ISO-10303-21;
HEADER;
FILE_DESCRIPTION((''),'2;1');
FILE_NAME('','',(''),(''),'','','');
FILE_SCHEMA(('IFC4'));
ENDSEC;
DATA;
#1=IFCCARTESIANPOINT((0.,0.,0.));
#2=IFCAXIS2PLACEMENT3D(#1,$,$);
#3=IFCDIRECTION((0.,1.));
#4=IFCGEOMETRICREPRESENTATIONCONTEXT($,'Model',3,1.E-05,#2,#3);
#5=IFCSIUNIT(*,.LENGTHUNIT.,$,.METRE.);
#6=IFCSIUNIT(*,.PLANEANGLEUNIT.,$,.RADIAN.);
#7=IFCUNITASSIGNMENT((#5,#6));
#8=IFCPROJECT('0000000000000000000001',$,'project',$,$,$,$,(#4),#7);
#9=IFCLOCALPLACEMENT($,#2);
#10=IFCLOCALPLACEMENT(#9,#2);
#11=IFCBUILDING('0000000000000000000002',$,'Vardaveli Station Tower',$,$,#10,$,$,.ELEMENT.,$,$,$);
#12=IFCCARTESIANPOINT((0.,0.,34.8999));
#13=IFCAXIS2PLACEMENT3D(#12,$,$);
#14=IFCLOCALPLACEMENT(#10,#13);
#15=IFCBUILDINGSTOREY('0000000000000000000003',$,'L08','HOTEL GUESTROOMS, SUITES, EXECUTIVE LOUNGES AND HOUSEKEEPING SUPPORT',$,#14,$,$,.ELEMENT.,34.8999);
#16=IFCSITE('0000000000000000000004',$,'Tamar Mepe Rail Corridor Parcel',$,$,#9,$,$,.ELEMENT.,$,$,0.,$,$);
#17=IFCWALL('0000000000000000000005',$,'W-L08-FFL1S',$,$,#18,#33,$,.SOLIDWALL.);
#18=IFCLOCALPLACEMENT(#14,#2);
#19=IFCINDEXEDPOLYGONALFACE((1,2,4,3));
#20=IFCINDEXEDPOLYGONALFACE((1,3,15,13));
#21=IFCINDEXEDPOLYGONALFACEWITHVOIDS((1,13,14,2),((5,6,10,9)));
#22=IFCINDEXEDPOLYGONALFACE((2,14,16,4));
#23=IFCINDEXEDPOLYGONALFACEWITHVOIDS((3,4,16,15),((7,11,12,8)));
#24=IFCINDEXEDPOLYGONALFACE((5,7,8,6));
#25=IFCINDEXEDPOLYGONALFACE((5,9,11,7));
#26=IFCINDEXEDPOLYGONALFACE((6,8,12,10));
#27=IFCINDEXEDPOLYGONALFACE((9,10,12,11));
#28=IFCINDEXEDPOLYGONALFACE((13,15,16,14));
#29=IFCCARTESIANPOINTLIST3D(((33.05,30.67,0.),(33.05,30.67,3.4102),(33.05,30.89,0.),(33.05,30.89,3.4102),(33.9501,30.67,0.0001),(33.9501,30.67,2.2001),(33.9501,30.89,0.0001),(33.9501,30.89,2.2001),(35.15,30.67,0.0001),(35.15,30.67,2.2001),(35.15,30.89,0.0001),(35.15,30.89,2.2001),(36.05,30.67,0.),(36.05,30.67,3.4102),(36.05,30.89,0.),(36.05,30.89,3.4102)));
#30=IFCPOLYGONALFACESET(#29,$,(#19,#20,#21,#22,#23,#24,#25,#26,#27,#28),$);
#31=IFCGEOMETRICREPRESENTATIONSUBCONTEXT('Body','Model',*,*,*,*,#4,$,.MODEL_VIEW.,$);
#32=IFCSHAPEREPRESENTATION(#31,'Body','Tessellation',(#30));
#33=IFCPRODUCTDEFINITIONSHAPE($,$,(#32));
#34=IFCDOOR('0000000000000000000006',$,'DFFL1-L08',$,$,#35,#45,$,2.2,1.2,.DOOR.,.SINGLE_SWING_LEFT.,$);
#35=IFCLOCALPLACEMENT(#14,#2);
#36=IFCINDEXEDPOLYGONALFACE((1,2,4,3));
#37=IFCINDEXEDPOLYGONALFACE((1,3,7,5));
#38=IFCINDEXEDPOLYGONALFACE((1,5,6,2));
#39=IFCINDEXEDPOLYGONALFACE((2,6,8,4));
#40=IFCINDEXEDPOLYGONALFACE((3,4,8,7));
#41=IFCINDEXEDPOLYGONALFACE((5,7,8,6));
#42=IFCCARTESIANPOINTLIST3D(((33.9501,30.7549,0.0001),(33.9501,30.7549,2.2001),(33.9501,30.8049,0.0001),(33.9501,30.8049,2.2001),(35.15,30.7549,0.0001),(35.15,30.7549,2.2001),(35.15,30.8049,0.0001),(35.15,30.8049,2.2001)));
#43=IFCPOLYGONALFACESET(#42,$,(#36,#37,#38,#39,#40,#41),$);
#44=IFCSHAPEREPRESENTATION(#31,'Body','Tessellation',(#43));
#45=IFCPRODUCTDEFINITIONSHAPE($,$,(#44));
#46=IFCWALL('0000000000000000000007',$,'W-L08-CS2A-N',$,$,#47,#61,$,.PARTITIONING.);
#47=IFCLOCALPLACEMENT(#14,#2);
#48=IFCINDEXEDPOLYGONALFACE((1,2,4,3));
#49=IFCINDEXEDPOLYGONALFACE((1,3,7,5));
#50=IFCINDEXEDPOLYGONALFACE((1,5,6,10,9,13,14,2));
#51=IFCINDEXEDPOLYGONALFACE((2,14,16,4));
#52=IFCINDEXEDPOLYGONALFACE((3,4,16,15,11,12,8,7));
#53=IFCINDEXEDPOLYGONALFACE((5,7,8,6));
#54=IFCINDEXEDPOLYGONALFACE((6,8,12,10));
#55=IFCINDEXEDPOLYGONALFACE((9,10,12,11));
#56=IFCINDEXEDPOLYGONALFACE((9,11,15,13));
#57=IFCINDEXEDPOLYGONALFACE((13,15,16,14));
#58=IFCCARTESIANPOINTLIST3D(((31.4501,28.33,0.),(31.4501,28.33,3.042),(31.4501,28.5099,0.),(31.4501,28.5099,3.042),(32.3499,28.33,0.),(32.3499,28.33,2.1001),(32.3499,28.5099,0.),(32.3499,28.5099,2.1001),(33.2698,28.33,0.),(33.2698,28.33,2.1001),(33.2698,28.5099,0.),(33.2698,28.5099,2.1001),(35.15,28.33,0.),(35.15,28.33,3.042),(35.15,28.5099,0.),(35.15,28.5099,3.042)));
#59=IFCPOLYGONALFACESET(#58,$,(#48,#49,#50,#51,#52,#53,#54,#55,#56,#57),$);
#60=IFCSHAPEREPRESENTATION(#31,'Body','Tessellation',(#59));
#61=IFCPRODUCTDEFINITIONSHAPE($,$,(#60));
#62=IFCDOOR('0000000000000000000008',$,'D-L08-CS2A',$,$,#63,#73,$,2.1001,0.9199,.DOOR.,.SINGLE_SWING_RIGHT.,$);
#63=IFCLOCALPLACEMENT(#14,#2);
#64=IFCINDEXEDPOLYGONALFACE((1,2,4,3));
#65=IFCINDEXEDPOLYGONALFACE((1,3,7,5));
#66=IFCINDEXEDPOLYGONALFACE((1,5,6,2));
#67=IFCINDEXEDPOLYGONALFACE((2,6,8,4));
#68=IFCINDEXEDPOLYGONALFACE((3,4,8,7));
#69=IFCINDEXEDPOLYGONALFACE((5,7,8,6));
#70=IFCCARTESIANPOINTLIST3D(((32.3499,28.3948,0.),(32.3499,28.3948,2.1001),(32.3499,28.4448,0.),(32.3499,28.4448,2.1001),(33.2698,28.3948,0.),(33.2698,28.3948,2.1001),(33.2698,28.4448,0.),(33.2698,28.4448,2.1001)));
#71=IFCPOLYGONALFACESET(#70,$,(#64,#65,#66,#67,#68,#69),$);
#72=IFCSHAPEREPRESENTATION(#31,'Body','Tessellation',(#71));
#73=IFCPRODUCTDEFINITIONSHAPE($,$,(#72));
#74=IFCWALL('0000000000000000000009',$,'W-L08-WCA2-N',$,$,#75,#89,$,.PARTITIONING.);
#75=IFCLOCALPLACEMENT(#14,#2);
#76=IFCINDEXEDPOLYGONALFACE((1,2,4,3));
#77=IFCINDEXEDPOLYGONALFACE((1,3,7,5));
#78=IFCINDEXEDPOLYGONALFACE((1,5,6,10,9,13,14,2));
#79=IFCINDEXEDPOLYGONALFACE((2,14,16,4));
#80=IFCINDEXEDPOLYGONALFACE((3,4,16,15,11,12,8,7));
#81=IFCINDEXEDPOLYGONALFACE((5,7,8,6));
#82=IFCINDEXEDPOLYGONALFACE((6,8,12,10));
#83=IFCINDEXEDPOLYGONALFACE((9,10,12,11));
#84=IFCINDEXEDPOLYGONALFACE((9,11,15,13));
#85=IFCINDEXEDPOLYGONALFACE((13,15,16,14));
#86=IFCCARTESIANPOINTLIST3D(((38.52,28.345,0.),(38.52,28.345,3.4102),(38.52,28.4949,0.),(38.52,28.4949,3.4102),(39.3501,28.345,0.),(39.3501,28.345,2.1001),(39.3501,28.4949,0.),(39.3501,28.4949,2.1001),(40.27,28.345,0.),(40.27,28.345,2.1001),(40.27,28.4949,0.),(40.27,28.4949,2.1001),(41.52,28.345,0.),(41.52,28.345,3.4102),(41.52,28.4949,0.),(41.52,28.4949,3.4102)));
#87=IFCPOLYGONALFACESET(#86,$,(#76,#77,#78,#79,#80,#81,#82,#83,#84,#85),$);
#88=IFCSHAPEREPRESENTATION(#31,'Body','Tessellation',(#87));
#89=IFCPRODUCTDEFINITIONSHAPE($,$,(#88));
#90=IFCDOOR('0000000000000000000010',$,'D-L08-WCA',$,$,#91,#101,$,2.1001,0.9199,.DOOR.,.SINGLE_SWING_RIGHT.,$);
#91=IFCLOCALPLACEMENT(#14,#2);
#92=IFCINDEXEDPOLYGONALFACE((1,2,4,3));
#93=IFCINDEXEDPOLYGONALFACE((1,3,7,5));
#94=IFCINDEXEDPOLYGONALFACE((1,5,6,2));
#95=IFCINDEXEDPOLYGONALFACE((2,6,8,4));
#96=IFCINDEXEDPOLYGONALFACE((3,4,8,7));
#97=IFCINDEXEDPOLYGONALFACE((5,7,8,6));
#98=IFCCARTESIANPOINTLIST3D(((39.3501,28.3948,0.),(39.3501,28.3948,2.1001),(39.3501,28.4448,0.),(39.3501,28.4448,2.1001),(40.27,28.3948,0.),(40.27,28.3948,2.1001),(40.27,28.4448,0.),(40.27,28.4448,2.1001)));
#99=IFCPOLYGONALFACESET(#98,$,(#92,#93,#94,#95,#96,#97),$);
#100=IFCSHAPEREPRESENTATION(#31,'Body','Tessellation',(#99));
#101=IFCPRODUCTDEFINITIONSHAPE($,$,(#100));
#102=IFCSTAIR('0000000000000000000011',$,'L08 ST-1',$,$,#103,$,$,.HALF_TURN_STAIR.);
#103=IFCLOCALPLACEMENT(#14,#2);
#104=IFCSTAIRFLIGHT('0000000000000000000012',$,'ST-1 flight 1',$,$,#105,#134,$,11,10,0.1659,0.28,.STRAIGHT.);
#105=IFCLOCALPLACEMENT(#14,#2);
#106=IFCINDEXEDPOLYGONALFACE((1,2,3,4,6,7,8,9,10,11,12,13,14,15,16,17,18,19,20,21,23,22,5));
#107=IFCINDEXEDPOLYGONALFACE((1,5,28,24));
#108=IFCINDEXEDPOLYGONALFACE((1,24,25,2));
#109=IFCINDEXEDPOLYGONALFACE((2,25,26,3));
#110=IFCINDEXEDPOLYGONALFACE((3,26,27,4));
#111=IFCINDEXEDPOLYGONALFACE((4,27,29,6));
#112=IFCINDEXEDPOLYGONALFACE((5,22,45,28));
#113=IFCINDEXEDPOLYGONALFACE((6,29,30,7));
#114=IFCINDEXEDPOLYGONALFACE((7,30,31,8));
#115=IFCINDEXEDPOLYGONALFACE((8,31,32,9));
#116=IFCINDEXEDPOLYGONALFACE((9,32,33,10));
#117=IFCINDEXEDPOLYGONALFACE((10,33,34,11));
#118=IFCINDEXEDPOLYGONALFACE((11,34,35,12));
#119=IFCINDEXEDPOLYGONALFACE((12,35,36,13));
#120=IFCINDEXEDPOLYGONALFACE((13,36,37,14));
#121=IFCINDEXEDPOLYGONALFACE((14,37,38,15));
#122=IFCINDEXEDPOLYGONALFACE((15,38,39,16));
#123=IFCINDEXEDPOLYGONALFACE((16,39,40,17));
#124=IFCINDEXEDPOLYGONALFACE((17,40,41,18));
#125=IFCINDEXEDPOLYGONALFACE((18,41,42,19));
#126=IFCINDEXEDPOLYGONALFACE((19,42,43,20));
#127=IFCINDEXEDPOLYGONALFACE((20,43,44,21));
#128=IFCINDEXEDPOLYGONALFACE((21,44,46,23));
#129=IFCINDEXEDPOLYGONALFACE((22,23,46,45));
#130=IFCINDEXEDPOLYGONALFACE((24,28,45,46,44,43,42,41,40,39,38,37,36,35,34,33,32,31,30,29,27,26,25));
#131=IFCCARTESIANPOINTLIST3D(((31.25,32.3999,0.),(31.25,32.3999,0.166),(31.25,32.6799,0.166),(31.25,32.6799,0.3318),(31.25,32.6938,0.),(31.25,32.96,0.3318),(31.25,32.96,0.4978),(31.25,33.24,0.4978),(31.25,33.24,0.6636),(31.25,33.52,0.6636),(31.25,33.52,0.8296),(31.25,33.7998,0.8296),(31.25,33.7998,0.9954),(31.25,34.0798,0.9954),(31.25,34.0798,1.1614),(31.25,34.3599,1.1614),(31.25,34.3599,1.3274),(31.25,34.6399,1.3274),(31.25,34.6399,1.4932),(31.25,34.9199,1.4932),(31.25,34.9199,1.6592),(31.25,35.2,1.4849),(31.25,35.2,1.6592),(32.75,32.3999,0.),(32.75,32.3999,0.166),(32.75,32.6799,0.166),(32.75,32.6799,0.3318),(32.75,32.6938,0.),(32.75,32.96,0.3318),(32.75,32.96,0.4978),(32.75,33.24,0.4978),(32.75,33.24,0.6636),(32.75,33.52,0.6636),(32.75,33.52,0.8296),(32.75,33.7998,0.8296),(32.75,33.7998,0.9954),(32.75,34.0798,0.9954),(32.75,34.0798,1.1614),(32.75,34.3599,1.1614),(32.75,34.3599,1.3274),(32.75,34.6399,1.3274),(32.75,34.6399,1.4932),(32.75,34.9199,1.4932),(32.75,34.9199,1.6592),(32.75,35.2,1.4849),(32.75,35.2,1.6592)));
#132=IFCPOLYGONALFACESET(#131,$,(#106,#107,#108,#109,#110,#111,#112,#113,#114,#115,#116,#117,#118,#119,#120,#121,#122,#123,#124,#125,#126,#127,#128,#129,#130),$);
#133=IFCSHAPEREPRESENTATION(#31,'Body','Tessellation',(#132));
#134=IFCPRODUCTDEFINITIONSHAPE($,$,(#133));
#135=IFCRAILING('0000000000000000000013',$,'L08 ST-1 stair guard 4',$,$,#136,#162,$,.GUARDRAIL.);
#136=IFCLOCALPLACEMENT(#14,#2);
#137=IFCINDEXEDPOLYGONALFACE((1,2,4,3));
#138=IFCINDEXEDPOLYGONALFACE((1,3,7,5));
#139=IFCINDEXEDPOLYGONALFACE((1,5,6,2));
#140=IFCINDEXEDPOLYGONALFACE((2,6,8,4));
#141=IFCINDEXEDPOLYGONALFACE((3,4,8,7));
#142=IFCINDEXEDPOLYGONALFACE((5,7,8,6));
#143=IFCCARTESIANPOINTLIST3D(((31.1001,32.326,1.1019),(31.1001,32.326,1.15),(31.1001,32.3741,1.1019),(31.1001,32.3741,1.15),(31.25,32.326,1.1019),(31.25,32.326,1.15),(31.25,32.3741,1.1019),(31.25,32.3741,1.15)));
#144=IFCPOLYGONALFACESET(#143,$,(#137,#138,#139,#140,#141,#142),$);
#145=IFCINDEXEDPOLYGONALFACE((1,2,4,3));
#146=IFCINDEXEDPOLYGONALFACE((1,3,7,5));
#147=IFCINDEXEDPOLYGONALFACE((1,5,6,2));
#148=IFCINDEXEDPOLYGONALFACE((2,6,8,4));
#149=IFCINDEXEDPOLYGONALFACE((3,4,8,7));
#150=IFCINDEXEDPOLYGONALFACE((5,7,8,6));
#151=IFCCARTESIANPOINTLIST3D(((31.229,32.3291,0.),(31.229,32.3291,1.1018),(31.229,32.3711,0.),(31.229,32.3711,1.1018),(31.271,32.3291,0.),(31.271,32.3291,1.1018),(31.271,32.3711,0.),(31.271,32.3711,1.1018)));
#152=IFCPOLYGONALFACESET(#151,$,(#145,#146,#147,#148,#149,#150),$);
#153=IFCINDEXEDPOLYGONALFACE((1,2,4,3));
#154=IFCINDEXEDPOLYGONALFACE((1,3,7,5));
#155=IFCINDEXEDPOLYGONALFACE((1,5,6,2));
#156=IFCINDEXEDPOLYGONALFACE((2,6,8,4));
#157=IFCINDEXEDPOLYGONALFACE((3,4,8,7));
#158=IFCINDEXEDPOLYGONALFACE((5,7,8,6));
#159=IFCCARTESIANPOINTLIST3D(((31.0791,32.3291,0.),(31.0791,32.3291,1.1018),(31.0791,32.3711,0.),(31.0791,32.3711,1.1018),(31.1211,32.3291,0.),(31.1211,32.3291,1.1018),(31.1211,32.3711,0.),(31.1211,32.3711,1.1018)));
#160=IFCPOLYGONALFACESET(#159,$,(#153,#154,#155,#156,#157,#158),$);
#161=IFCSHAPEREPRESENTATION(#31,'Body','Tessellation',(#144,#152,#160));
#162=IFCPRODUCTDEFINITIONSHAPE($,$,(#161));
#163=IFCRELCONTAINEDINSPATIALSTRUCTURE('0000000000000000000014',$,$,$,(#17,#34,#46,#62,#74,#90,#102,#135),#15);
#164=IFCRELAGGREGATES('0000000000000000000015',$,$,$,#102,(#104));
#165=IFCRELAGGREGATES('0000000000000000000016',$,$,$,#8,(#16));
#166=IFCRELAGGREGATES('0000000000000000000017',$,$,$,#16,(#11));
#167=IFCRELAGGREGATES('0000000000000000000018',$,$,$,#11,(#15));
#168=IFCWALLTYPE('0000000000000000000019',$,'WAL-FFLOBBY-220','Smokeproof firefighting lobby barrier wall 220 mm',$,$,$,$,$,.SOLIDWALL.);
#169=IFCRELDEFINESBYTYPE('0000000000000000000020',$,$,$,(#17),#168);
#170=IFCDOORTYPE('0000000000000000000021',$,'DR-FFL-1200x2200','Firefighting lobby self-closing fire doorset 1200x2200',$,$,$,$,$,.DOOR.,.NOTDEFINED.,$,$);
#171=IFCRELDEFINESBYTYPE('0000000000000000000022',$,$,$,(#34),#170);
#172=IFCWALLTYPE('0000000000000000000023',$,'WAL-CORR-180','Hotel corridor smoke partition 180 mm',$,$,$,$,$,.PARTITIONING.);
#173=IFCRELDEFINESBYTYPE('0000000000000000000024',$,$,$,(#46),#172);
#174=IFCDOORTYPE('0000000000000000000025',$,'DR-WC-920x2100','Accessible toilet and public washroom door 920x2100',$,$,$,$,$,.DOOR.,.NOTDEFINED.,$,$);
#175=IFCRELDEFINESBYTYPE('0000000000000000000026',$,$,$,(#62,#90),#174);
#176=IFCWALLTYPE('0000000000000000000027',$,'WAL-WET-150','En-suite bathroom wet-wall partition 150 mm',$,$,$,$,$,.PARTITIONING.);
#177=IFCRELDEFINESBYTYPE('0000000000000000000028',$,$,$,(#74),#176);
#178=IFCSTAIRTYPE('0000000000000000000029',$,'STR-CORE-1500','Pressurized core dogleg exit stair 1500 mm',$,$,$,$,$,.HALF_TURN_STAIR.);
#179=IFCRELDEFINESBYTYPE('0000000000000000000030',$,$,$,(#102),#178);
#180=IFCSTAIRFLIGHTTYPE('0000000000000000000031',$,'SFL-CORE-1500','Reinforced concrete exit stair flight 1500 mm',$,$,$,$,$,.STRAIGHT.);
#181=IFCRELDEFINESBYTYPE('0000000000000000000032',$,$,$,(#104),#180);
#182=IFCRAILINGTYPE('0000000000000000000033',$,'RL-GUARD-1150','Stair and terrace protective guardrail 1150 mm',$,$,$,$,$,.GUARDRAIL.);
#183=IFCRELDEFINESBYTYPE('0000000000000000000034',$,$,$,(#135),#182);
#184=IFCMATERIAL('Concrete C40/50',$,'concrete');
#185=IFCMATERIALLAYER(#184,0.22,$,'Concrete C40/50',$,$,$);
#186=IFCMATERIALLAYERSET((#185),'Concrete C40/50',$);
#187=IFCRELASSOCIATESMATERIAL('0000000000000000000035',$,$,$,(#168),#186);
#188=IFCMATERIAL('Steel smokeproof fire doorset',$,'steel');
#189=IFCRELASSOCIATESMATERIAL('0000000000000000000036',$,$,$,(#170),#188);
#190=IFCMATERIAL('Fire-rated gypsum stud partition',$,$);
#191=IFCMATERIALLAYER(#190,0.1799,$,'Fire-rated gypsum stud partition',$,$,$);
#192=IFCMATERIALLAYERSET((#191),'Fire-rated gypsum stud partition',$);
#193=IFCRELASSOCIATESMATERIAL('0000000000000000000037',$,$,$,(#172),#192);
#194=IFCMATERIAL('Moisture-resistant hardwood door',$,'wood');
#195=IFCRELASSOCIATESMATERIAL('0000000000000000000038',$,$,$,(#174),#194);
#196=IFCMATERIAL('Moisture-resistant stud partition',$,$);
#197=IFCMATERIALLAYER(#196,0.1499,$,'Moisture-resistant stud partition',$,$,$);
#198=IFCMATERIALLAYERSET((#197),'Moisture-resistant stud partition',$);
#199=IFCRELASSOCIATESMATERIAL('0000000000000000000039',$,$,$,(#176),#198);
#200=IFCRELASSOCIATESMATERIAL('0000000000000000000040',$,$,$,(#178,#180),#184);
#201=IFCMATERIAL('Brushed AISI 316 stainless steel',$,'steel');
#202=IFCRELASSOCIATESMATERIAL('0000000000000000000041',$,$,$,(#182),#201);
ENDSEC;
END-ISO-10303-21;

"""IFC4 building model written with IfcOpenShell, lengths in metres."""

from ifc_helpers import new_model, si_unit, direction, frame, frame_2d, origin, origin_2d, place, context, subcontext, project, spatial, polyline, rectangle, outline, extrude, source, transform, mapped, material, layer, layer_set, type_object, element, fill, aggregate, save


model = new_model("IFC4")

# Units and contexts
model_context = context("Model", 3, precision=1e-05, world=origin(), true_north=direction((0.0, 1.0)))
body_context = subcontext(model_context, "Body", "Model", "MODEL_VIEW")
ifc_project = project(units=[si_unit("LENGTHUNIT", "METRE"), si_unit("PLANEANGLEUNIT", "RADIAN")], contexts=[model_context])

# Site, building, storey
site_placement = place(None, origin())
site = spatial("IfcSite", under=ifc_project, at=site_placement, Name="Tamar Mepe Rail Corridor Parcel", CompositionType="ELEMENT", RefElevation=0.0)
building_placement = place(site_placement, origin())
building = spatial("IfcBuilding", under=site, at=building_placement, Name="Vardaveli Station Tower", CompositionType="ELEMENT")
storey_placement = place(building_placement, frame((0.0, 0.0, 34.8999)))
storey = spatial("IfcBuildingStorey", under=building, at=storey_placement, Name="L08", Description="HOTEL GUESTROOMS, SUITES, EXECUTIVE LOUNGES AND HOUSEKEEPING SUPPORT", CompositionType="ELEMENT", Elevation=34.8999)

# Shared definitions
ifc_material_1 = material(Name="Concrete C40/50", Category="concrete")

# Walls, openings, doors
ifc_material_2 = material(Name="Steel smokeproof fire doorset", Category="steel")
ifc_layer_1 = layer(ifc_material_1, 0.22, Name="Concrete C40/50")
ifc_layer_set_1 = layer_set([ifc_layer_1], Name="Concrete C40/50")
wall_type_1 = type_object("IfcWallType", Name="WAL-FFLOBBY-220", Description="Smokeproof firefighting lobby barrier wall 220 mm", PredefinedType="SOLIDWALL", material=ifc_layer_set_1)
shared_shape_1 = source(origin(), body_context, "Body", "SweptSolid", [
    extrude(rectangle(XDim=3.0, YDim=0.22, at=frame_2d((1.5, 0.0))), origin(), (0.0, 0.0, 1.0), 3.4102),
])
wall_1_placement = place(storey_placement, frame((33.05, 30.78, 0.0), z_axis=(0.0, 0.0, 1.0), x_axis=(1.0, 0.0, 0.0)))
wall_1 = element("IfcWall", 1, at=wall_1_placement, inside=storey, type_object=wall_type_1, Name="W-L08-FFL1S", PredefinedType="SOLIDWALL", context=body_context, shape_type="MappedRepresentation", body=[
    mapped(shared_shape_1, transform((0.0, 0.0, 0.0), scale=1.0)),
])
shared_shape_2 = source(origin(), body_context, "Body", "SweptSolid", [
    extrude(rectangle(XDim=1.2, YDim=2.2, at=frame_2d((0.6001, 1.1001))), frame((0.0, 0.1201, 0.0), z_axis=(0.0, -1.0, 0.0), x_axis=(1.0, 0.0, 0.0)), (0.0, 0.0, 1.0), 0.24),
])
opening_1_placement = place(wall_1_placement, frame((0.8999, 0.0, 0.0)))
opening_1 = element("IfcOpeningElement", 2, at=opening_1_placement, cuts=wall_1, PredefinedType="OPENING", context=body_context, shape_type="MappedRepresentation", body=[
    mapped(shared_shape_2, transform((0.0, 0.0, 0.0), scale=1.0)),
])
door_type_1 = type_object("IfcDoorType", Name="DR-FFL-1200x2200", Description="Firefighting lobby self-closing fire doorset 1200x2200", OperationType="NOTDEFINED", PredefinedType="DOOR", material=ifc_material_2)
shared_shape_3 = source(origin(), body_context, "Body", "SweptSolid", [
    extrude(rectangle(XDim=1.2, YDim=2.2, at=frame_2d((0.6001, 1.1001))), frame((0.0, 0.0249, 0.0), z_axis=(0.0, -1.0, 0.0), x_axis=(1.0, 0.0, 0.0)), (0.0, 0.0, 1.0), 0.05),
])
door_1_placement = place(opening_1_placement, origin())
door_1 = element("IfcDoor", 3, at=door_1_placement, inside=storey, type_object=door_type_1, Name="DFFL1-L08", OperationType="SINGLE_SWING_LEFT", OverallHeight=2.2, OverallWidth=1.2, PredefinedType="DOOR", context=body_context, shape_type="MappedRepresentation", body=[
    mapped(shared_shape_3, transform((0.0, 0.0, 0.0), scale=1.0)),
])
fill(opening_1, door_1)
ifc_material_3 = material(Name="Fire-rated gypsum stud partition")
ifc_layer_2 = layer(ifc_material_3, 0.1799, Name="Fire-rated gypsum stud partition")
ifc_layer_set_2 = layer_set([ifc_layer_2], Name="Fire-rated gypsum stud partition")
wall_type_2 = type_object("IfcWallType", Name="WAL-CORR-180", Description="Hotel corridor smoke partition 180 mm", PredefinedType="PARTITIONING", material=ifc_layer_set_2)
shared_shape_4 = source(origin(), body_context, "Body", "SweptSolid", [
    extrude(rectangle(XDim=3.7, YDim=0.1799, at=frame_2d((1.8501, 0.0))), origin(), (0.0, 0.0, 1.0), 3.042),
])
wall_2_placement = place(storey_placement, frame((31.45, 28.4199, 0.0), z_axis=(0.0, 0.0, 1.0), x_axis=(1.0, 0.0, 0.0)))
wall_2 = element("IfcWall", 4, at=wall_2_placement, inside=storey, type_object=wall_type_2, Name="W-L08-CS2A-N", PredefinedType="PARTITIONING", context=body_context, shape_type="MappedRepresentation", body=[
    mapped(shared_shape_4, transform((0.0, 0.0, 0.0), scale=1.0)),
])
shared_shape_5 = source(origin(), body_context, "Body", "SweptSolid", [
    extrude(rectangle(XDim=0.9199, YDim=2.1001, at=frame_2d((0.46, 1.05))), frame((0.0, 0.1001, 0.0), z_axis=(0.0, -1.0, 0.0), x_axis=(1.0, 0.0, 0.0)), (0.0, 0.0, 1.0), 0.2),
])
opening_2_placement = place(wall_2_placement, frame((0.8999, 0.0, 0.0)))
opening_2 = element("IfcOpeningElement", 5, at=opening_2_placement, cuts=wall_2, PredefinedType="OPENING", context=body_context, shape_type="MappedRepresentation", body=[
    mapped(shared_shape_5, transform((0.0, 0.0, 0.0), scale=1.0)),
])
ifc_material_4 = material(Name="Moisture-resistant hardwood door", Category="wood")
door_type_2 = type_object("IfcDoorType", Name="DR-WC-920x2100", Description="Accessible toilet and public washroom door 920x2100", OperationType="NOTDEFINED", PredefinedType="DOOR", material=ifc_material_4)
shared_shape_6 = source(origin(), body_context, "Body", "SweptSolid", [
    extrude(rectangle(XDim=0.9199, YDim=2.1001, at=frame_2d((0.46, 1.05))), frame((0.0, 0.0249, 0.0), z_axis=(0.0, -1.0, 0.0), x_axis=(1.0, 0.0, 0.0)), (0.0, 0.0, 1.0), 0.05),
])
door_2_placement = place(opening_2_placement, origin())
door_2 = element("IfcDoor", 6, at=door_2_placement, inside=storey, type_object=door_type_2, Name="D-L08-CS2A", OperationType="SINGLE_SWING_RIGHT", OverallHeight=2.1001, OverallWidth=0.9199, PredefinedType="DOOR", context=body_context, shape_type="MappedRepresentation", body=[
    mapped(shared_shape_6, transform((0.0, 0.0, 0.0), scale=1.0)),
])
fill(opening_2, door_2)
ifc_material_5 = material(Name="Moisture-resistant stud partition")
ifc_layer_3 = layer(ifc_material_5, 0.1499, Name="Moisture-resistant stud partition")
ifc_layer_set_3 = layer_set([ifc_layer_3], Name="Moisture-resistant stud partition")
wall_type_3 = type_object("IfcWallType", Name="WAL-WET-150", Description="En-suite bathroom wet-wall partition 150 mm", PredefinedType="PARTITIONING", material=ifc_layer_set_3)
shared_shape_7 = source(origin(), body_context, "Body", "SweptSolid", [
    extrude(rectangle(XDim=3.0, YDim=0.1499, at=frame_2d((1.5, 0.0))), origin(), (0.0, 0.0, 1.0), 3.4102),
])
wall_3_placement = place(storey_placement, frame((38.52, 28.4199, 0.0), z_axis=(0.0, 0.0, 1.0), x_axis=(1.0, 0.0, 0.0)))
wall_3 = element("IfcWall", 7, at=wall_3_placement, inside=storey, type_object=wall_type_3, Name="W-L08-WCA2-N", PredefinedType="PARTITIONING", context=body_context, shape_type="MappedRepresentation", body=[
    mapped(shared_shape_7, transform((0.0, 0.0, 0.0), scale=1.0)),
])
shared_shape_8 = source(origin(), body_context, "Body", "SweptSolid", [
    extrude(rectangle(XDim=0.9199, YDim=2.1001, at=frame_2d((0.46, 1.05))), frame((0.0, 0.085, 0.0), z_axis=(0.0, -1.0, 0.0), x_axis=(1.0, 0.0, 0.0)), (0.0, 0.0, 1.0), 0.1699),
])
opening_3_placement = place(wall_3_placement, frame((0.8301, 0.0, 0.0)))
opening_3 = element("IfcOpeningElement", 8, at=opening_3_placement, cuts=wall_3, PredefinedType="OPENING", context=body_context, shape_type="MappedRepresentation", body=[
    mapped(shared_shape_8, transform((0.0, 0.0, 0.0), scale=1.0)),
])
door_3_placement = place(opening_3_placement, origin())
door_3 = element("IfcDoor", 9, at=door_3_placement, inside=storey, type_object=door_type_2, Name="D-L08-WCA", OperationType="SINGLE_SWING_RIGHT", OverallHeight=2.1001, OverallWidth=0.9199, PredefinedType="DOOR", context=body_context, shape_type="MappedRepresentation", body=[
    mapped(shared_shape_6, transform((0.0, 0.0, 0.0), scale=1.0)),
])
fill(opening_3, door_3)

# Stair, stair flight
stair_type = type_object("IfcStairType", Name="STR-CORE-1500", Description="Pressurized core dogleg exit stair 1500 mm", PredefinedType="HALF_TURN_STAIR", material=ifc_material_1)
stair_placement = place(storey_placement, origin())
stair = element("IfcStair", 10, at=stair_placement, inside=storey, type_object=stair_type, Name="L08 ST-1", PredefinedType="HALF_TURN_STAIR")
stair_flight_type = type_object("IfcStairFlightType", Name="SFL-CORE-1500", Description="Reinforced concrete exit stair flight 1500 mm", PredefinedType="STRAIGHT", material=ifc_material_1)
shared_shape_9 = source(origin(), body_context, "Body", "SweptSolid", [
    extrude(outline(polyline([(0.0, 0.0), (0.0, 0.166), (0.28, 0.166), (0.28, 0.3318), (0.5601, 0.3318), (0.5601, 0.4978), (0.8401, 0.4978), (0.8401, 0.6636), (1.1201, 0.6636), (1.1201, 0.8296), (1.3999, 0.8296), (1.3999, 0.9954), (1.6799, 0.9954), (1.6799, 1.1614), (1.96, 1.1614), (1.96, 1.3274), (2.24, 1.3274), (2.24, 1.4932), (2.52, 1.4932), (2.52, 1.6592), (2.8, 1.6592), (2.8, 1.825), (2.8, 1.4849), (0.2939, 0.0), (0.0, 0.0)])), frame((0.0, 0.75, 0.0), z_axis=(0.0, -1.0, 0.0), x_axis=(1.0, 0.0, 0.0)), (0.0, 0.0, 1.0), 1.5),
])
stair_flight_placement = place(storey_placement, frame((32.0, 32.3999, 0.0), z_axis=(0.0, 0.0, 1.0), x_axis=(0.0, 1.0, 0.0)))
stair_flight = element("IfcStairFlight", 11, at=stair_flight_placement, type_object=stair_flight_type, Name="ST-1 flight 1", NumberOfRisers=11, NumberOfTreads=10, PredefinedType="STRAIGHT", RiserHeight=0.1659, TreadLength=0.28, context=body_context, shape_type="MappedRepresentation", body=[
    mapped(shared_shape_9, transform((0.0, 0.0, 0.0), scale=1.0)),
])
aggregate(stair, [stair_flight])

# Railing
ifc_material_6 = material(Name="Brushed AISI 316 stainless steel", Category="steel")
railing_type_1 = type_object("IfcRailingType", Name="RL-GUARD-1150", Description="Stair and terrace protective guardrail 1150 mm", PredefinedType="GUARDRAIL", material=ifc_material_6)
shared_shape_10 = source(origin(), body_context, "Body", "SweptSolid", [
    extrude(rectangle(XDim=0.0481, YDim=0.0481, at=origin_2d()), frame((0.0, 0.0, 1.126), z_axis=(-1.0, 0.0, 0.0), x_axis=(0.0, -1.0, 0.0)), (0.0, 0.0, 1.0), 0.1499),
    extrude(rectangle(XDim=0.042, YDim=0.042, at=origin_2d()), origin(), (0.0, 0.0, 1.0), 1.1018),
    extrude(rectangle(XDim=0.042, YDim=0.042, at=origin_2d()), frame((-0.1499, 0.0, 0.0)), (0.0, 0.0, 1.0), 1.1018),
])
for number, where, name in (
    (12, (31.25, 32.3501, 0.0), "L08 ST-1 stair guard 4"),
):
    element("IfcRailing", number, at=place(storey_placement, frame(where)), inside=storey, type_object=railing_type_1, Name=name, PredefinedType="GUARDRAIL", context=body_context, shape_type="MappedRepresentation", body=[
        mapped(shared_shape_10, transform((0.0, 0.0, 0.0), scale=1.0)),
    ])

save(model, "model.ifc")
